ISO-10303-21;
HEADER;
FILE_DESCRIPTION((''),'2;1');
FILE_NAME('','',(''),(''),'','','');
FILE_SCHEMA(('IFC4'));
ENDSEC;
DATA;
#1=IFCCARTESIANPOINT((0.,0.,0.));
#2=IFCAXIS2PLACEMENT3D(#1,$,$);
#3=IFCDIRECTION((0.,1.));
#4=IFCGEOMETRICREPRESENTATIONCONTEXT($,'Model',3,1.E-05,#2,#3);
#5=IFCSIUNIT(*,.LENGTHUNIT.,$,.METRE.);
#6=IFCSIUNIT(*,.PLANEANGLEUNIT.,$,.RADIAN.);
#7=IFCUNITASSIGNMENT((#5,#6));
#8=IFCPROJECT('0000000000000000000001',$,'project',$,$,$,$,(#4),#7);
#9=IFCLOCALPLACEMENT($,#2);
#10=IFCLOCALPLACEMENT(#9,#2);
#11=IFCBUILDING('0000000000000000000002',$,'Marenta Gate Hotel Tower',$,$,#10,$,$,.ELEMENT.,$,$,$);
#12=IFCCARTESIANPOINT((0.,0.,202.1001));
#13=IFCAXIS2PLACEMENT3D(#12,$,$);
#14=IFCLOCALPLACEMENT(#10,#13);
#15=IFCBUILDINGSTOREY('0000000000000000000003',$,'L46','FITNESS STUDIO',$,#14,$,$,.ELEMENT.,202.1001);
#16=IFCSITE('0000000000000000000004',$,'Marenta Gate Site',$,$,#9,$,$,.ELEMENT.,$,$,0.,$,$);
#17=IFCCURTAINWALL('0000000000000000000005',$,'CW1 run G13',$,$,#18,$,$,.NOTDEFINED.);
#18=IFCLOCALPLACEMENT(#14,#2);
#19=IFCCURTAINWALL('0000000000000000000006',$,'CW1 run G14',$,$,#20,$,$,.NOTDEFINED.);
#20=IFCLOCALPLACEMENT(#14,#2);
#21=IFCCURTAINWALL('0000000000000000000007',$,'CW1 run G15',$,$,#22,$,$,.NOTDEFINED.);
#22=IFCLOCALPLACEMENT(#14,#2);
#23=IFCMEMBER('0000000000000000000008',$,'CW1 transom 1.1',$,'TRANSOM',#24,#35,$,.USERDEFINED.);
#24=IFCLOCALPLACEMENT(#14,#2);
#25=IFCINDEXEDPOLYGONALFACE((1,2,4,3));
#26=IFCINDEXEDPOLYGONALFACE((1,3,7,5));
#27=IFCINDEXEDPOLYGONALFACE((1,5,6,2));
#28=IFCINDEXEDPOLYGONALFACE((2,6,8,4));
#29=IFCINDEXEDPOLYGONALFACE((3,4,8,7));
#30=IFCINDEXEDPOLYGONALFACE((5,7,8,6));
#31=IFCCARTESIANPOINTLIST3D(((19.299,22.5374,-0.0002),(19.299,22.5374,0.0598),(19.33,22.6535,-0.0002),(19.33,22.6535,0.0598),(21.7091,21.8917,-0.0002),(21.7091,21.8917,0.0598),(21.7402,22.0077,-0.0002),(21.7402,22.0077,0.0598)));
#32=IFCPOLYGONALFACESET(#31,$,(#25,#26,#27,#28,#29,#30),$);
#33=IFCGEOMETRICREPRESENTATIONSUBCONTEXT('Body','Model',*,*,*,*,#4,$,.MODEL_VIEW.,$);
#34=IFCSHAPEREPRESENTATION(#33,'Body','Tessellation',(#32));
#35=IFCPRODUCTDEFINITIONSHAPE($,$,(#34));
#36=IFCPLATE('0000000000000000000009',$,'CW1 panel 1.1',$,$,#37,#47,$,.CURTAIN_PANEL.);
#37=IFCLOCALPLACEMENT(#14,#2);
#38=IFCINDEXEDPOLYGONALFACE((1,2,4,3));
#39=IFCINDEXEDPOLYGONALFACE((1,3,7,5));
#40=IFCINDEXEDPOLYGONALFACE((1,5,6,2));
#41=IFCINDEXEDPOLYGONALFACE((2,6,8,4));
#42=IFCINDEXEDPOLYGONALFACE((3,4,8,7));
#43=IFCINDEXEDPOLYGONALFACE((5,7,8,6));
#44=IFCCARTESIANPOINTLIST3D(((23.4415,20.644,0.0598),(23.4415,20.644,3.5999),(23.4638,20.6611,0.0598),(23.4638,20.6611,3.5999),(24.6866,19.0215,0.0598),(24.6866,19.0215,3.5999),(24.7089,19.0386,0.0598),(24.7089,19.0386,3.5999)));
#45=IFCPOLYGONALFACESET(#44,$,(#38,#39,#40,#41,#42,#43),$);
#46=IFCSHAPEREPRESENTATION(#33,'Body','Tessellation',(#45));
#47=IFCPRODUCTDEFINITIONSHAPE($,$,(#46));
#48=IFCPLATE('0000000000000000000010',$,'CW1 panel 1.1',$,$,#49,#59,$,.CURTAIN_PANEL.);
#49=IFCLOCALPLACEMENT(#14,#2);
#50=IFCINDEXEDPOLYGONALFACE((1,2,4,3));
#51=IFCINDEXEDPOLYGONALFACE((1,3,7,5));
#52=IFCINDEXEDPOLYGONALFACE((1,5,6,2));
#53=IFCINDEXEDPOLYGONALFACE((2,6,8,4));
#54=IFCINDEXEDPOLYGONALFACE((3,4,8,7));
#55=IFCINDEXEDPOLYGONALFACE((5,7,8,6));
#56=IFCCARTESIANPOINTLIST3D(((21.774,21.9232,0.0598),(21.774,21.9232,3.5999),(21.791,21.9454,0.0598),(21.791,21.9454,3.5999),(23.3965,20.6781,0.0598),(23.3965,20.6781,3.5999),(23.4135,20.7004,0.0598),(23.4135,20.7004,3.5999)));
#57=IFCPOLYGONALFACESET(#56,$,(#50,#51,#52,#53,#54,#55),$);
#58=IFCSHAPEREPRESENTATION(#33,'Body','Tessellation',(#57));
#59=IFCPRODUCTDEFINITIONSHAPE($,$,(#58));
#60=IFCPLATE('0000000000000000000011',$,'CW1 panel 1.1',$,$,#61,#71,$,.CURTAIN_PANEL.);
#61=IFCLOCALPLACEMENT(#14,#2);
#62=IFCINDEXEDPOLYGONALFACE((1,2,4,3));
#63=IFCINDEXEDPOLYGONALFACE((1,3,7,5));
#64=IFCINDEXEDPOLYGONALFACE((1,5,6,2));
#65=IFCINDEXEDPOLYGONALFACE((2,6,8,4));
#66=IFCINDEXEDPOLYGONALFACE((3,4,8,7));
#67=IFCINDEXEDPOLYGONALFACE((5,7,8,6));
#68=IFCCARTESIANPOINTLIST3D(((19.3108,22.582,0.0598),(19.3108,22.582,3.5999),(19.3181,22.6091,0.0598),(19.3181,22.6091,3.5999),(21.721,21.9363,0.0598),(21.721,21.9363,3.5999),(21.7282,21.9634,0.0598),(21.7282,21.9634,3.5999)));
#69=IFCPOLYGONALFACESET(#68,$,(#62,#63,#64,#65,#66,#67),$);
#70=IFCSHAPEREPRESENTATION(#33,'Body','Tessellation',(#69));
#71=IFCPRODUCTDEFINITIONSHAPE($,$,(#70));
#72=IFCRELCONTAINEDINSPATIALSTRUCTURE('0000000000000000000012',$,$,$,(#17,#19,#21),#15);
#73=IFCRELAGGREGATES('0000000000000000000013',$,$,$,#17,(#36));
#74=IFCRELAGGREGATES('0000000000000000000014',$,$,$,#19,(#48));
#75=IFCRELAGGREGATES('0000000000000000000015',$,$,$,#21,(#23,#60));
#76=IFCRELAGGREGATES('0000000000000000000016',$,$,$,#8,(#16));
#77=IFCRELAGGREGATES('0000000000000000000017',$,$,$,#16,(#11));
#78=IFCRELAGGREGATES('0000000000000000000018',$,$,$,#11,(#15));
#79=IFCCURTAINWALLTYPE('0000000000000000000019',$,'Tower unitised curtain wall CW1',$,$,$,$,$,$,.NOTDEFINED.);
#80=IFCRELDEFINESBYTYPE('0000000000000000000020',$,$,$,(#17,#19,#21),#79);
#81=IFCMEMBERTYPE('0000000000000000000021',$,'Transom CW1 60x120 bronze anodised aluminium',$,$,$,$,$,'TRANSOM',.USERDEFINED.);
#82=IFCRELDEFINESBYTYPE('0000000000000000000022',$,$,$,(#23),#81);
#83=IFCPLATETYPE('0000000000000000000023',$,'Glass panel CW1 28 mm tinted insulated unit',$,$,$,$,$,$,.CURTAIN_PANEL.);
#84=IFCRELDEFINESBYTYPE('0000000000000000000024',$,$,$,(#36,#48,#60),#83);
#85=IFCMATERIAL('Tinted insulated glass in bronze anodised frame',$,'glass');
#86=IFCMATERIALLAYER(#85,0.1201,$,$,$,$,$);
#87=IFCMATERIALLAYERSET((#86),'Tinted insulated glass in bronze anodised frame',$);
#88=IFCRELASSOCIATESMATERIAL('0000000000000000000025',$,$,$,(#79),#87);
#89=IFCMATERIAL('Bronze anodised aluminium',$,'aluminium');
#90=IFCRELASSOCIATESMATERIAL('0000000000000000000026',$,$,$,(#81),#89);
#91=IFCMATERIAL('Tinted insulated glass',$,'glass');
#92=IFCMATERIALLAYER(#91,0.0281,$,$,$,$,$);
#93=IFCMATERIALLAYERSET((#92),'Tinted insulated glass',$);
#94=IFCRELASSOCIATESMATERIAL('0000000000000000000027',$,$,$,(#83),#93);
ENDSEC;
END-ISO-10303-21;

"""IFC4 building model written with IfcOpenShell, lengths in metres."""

from ifc_helpers import new_model, si_unit, direction, frame, origin, origin_2d, place, context, subcontext, project, spatial, rectangle, extrude, material, layer, layer_set, material_profile, profile_set, type_object, element, aggregate, save


model = new_model("IFC4")

# Units and contexts
model_context = context("Model", 3, precision=1e-05, world=origin(), true_north=direction((0.0, 1.0)))
body_context = subcontext(model_context, "Body", "Model", "MODEL_VIEW")
ifc_project = project(units=[si_unit("LENGTHUNIT", "METRE"), si_unit("PLANEANGLEUNIT", "RADIAN")], contexts=[model_context])

# Site, building, storey
site_placement = place(None, origin())
site = spatial("IfcSite", under=ifc_project, at=site_placement, Name="Marenta Gate Site", CompositionType="ELEMENT", RefElevation=0.0)
building_placement = place(site_placement, origin())
building = spatial("IfcBuilding", under=site, at=building_placement, Name="Marenta Gate Hotel Tower", CompositionType="ELEMENT")
storey_placement = place(building_placement, frame((0.0, 0.0, 202.1001)))
storey = spatial("IfcBuildingStorey", under=building, at=storey_placement, Name="L46", Description="FITNESS STUDIO", CompositionType="ELEMENT", Elevation=202.1001)

# Curtain walls
ifc_material_1 = material(Name="Tinted insulated glass in bronze anodised frame", Category="glass")
ifc_layer_1 = layer(ifc_material_1, 0.1201)
ifc_layer_set_1 = layer_set([ifc_layer_1], Name="Tinted insulated glass in bronze anodised frame")
curtain_wall_type = type_object("IfcCurtainWallType", Name="Tower unitised curtain wall CW1", PredefinedType="NOTDEFINED", material=ifc_layer_set_1)
curtain_wall_1_placement = place(storey_placement, origin())
curtain_wall_1 = element("IfcCurtainWall", 1, at=curtain_wall_1_placement, inside=storey, type_object=curtain_wall_type, Name="CW1 run G13", PredefinedType="NOTDEFINED")
curtain_wall_2_placement = place(storey_placement, origin())
curtain_wall_2 = element("IfcCurtainWall", 2, at=curtain_wall_2_placement, inside=storey, type_object=curtain_wall_type, Name="CW1 run G14", PredefinedType="NOTDEFINED")

# Curtain wall
curtain_wall_3_placement = place(storey_placement, origin())
curtain_wall_3 = element("IfcCurtainWall", 3, at=curtain_wall_3_placement, inside=storey, type_object=curtain_wall_type, Name="CW1 run G15", PredefinedType="NOTDEFINED")

# Member
ifc_material_2 = material(Name="Bronze anodised aluminium", Category="aluminium")
ifc_material_profile_1 = material_profile(ifc_material_2, rectangle(XDim=0.1201, YDim=0.0601, at=origin_2d()), Name="Transom CW1 60x120 bronze anodised aluminium")
ifc_profile_set_1 = profile_set([ifc_material_profile_1], Name="Bronze anodised aluminium")
member_type_1 = type_object("IfcMemberType", Name="Transom CW1 60x120 bronze anodised aluminium", ElementType="TRANSOM", PredefinedType="USERDEFINED", material=ifc_profile_set_1)
member_1_placement = place(storey_placement, frame((21.7246, 21.9497, 0.0298), z_axis=(-0.965931, 0.258801, 0.0), x_axis=(-0.258801, -0.965931, 0.0)))
member_1 = element("IfcMember", 4, at=member_1_placement, type_object=member_type_1, Name="CW1 transom 1.1", ObjectType="TRANSOM", PredefinedType="USERDEFINED", context=body_context, shape_type="SweptSolid", body=[
    extrude(rectangle(XDim=0.1201, YDim=0.0601, at=origin_2d()), origin(), (0.0, 0.0, 1.0), 2.4951),
])

# Plates
ifc_material_3 = material(Name="Tinted insulated glass", Category="glass")
ifc_layer_2 = layer(ifc_material_3, 0.0281)
ifc_layer_set_2 = layer_set([ifc_layer_2], Name="Tinted insulated glass")
plate_type = type_object("IfcPlateType", Name="Glass panel CW1 28 mm tinted insulated unit", PredefinedType="CURTAIN_PANEL", material=ifc_layer_set_2)
plate_1_placement = place(storey_placement, frame((24.0752, 19.8413, 0.0598), z_axis=(0.0, 0.0, 1.0), x_axis=(-0.608787, 0.793333, 0.0)))
plate_1 = element("IfcPlate", 5, at=plate_1_placement, type_object=plate_type, Name="CW1 panel 1.1", PredefinedType="CURTAIN_PANEL", context=body_context, shape_type="SweptSolid", body=[
    extrude(rectangle(XDim=2.0452, YDim=0.0281, at=origin_2d()), origin(), (0.0, 0.0, 1.0), 3.54),
])
aggregate(curtain_wall_1, [plate_1])
plate_2_placement = place(storey_placement, frame((22.5938, 21.3118, 0.0598), z_axis=(0.0, 0.0, 1.0), x_axis=(-0.793333, 0.608787, 0.0)))
plate_2 = element("IfcPlate", 6, at=plate_2_placement, type_object=plate_type, Name="CW1 panel 1.1", PredefinedType="CURTAIN_PANEL", context=body_context, shape_type="SweptSolid", body=[
    extrude(rectangle(XDim=2.0452, YDim=0.0281, at=origin_2d()), origin(), (0.0, 0.0, 1.0), 3.54),
])
aggregate(curtain_wall_2, [plate_2])
plate_3_placement = place(storey_placement, frame((20.5195, 22.2727, 0.0598), z_axis=(0.0, 0.0, 1.0), x_axis=(-0.96593, 0.258805, 0.0)))
plate_3 = element("IfcPlate", 7, at=plate_3_placement, type_object=plate_type, Name="CW1 panel 1.1", PredefinedType="CURTAIN_PANEL", context=body_context, shape_type="SweptSolid", body=[
    extrude(rectangle(XDim=2.4951, YDim=0.0281, at=origin_2d()), origin(), (0.0, 0.0, 1.0), 3.54),
])
aggregate(curtain_wall_3, [member_1, plate_3])

save(model, "model.ifc")
